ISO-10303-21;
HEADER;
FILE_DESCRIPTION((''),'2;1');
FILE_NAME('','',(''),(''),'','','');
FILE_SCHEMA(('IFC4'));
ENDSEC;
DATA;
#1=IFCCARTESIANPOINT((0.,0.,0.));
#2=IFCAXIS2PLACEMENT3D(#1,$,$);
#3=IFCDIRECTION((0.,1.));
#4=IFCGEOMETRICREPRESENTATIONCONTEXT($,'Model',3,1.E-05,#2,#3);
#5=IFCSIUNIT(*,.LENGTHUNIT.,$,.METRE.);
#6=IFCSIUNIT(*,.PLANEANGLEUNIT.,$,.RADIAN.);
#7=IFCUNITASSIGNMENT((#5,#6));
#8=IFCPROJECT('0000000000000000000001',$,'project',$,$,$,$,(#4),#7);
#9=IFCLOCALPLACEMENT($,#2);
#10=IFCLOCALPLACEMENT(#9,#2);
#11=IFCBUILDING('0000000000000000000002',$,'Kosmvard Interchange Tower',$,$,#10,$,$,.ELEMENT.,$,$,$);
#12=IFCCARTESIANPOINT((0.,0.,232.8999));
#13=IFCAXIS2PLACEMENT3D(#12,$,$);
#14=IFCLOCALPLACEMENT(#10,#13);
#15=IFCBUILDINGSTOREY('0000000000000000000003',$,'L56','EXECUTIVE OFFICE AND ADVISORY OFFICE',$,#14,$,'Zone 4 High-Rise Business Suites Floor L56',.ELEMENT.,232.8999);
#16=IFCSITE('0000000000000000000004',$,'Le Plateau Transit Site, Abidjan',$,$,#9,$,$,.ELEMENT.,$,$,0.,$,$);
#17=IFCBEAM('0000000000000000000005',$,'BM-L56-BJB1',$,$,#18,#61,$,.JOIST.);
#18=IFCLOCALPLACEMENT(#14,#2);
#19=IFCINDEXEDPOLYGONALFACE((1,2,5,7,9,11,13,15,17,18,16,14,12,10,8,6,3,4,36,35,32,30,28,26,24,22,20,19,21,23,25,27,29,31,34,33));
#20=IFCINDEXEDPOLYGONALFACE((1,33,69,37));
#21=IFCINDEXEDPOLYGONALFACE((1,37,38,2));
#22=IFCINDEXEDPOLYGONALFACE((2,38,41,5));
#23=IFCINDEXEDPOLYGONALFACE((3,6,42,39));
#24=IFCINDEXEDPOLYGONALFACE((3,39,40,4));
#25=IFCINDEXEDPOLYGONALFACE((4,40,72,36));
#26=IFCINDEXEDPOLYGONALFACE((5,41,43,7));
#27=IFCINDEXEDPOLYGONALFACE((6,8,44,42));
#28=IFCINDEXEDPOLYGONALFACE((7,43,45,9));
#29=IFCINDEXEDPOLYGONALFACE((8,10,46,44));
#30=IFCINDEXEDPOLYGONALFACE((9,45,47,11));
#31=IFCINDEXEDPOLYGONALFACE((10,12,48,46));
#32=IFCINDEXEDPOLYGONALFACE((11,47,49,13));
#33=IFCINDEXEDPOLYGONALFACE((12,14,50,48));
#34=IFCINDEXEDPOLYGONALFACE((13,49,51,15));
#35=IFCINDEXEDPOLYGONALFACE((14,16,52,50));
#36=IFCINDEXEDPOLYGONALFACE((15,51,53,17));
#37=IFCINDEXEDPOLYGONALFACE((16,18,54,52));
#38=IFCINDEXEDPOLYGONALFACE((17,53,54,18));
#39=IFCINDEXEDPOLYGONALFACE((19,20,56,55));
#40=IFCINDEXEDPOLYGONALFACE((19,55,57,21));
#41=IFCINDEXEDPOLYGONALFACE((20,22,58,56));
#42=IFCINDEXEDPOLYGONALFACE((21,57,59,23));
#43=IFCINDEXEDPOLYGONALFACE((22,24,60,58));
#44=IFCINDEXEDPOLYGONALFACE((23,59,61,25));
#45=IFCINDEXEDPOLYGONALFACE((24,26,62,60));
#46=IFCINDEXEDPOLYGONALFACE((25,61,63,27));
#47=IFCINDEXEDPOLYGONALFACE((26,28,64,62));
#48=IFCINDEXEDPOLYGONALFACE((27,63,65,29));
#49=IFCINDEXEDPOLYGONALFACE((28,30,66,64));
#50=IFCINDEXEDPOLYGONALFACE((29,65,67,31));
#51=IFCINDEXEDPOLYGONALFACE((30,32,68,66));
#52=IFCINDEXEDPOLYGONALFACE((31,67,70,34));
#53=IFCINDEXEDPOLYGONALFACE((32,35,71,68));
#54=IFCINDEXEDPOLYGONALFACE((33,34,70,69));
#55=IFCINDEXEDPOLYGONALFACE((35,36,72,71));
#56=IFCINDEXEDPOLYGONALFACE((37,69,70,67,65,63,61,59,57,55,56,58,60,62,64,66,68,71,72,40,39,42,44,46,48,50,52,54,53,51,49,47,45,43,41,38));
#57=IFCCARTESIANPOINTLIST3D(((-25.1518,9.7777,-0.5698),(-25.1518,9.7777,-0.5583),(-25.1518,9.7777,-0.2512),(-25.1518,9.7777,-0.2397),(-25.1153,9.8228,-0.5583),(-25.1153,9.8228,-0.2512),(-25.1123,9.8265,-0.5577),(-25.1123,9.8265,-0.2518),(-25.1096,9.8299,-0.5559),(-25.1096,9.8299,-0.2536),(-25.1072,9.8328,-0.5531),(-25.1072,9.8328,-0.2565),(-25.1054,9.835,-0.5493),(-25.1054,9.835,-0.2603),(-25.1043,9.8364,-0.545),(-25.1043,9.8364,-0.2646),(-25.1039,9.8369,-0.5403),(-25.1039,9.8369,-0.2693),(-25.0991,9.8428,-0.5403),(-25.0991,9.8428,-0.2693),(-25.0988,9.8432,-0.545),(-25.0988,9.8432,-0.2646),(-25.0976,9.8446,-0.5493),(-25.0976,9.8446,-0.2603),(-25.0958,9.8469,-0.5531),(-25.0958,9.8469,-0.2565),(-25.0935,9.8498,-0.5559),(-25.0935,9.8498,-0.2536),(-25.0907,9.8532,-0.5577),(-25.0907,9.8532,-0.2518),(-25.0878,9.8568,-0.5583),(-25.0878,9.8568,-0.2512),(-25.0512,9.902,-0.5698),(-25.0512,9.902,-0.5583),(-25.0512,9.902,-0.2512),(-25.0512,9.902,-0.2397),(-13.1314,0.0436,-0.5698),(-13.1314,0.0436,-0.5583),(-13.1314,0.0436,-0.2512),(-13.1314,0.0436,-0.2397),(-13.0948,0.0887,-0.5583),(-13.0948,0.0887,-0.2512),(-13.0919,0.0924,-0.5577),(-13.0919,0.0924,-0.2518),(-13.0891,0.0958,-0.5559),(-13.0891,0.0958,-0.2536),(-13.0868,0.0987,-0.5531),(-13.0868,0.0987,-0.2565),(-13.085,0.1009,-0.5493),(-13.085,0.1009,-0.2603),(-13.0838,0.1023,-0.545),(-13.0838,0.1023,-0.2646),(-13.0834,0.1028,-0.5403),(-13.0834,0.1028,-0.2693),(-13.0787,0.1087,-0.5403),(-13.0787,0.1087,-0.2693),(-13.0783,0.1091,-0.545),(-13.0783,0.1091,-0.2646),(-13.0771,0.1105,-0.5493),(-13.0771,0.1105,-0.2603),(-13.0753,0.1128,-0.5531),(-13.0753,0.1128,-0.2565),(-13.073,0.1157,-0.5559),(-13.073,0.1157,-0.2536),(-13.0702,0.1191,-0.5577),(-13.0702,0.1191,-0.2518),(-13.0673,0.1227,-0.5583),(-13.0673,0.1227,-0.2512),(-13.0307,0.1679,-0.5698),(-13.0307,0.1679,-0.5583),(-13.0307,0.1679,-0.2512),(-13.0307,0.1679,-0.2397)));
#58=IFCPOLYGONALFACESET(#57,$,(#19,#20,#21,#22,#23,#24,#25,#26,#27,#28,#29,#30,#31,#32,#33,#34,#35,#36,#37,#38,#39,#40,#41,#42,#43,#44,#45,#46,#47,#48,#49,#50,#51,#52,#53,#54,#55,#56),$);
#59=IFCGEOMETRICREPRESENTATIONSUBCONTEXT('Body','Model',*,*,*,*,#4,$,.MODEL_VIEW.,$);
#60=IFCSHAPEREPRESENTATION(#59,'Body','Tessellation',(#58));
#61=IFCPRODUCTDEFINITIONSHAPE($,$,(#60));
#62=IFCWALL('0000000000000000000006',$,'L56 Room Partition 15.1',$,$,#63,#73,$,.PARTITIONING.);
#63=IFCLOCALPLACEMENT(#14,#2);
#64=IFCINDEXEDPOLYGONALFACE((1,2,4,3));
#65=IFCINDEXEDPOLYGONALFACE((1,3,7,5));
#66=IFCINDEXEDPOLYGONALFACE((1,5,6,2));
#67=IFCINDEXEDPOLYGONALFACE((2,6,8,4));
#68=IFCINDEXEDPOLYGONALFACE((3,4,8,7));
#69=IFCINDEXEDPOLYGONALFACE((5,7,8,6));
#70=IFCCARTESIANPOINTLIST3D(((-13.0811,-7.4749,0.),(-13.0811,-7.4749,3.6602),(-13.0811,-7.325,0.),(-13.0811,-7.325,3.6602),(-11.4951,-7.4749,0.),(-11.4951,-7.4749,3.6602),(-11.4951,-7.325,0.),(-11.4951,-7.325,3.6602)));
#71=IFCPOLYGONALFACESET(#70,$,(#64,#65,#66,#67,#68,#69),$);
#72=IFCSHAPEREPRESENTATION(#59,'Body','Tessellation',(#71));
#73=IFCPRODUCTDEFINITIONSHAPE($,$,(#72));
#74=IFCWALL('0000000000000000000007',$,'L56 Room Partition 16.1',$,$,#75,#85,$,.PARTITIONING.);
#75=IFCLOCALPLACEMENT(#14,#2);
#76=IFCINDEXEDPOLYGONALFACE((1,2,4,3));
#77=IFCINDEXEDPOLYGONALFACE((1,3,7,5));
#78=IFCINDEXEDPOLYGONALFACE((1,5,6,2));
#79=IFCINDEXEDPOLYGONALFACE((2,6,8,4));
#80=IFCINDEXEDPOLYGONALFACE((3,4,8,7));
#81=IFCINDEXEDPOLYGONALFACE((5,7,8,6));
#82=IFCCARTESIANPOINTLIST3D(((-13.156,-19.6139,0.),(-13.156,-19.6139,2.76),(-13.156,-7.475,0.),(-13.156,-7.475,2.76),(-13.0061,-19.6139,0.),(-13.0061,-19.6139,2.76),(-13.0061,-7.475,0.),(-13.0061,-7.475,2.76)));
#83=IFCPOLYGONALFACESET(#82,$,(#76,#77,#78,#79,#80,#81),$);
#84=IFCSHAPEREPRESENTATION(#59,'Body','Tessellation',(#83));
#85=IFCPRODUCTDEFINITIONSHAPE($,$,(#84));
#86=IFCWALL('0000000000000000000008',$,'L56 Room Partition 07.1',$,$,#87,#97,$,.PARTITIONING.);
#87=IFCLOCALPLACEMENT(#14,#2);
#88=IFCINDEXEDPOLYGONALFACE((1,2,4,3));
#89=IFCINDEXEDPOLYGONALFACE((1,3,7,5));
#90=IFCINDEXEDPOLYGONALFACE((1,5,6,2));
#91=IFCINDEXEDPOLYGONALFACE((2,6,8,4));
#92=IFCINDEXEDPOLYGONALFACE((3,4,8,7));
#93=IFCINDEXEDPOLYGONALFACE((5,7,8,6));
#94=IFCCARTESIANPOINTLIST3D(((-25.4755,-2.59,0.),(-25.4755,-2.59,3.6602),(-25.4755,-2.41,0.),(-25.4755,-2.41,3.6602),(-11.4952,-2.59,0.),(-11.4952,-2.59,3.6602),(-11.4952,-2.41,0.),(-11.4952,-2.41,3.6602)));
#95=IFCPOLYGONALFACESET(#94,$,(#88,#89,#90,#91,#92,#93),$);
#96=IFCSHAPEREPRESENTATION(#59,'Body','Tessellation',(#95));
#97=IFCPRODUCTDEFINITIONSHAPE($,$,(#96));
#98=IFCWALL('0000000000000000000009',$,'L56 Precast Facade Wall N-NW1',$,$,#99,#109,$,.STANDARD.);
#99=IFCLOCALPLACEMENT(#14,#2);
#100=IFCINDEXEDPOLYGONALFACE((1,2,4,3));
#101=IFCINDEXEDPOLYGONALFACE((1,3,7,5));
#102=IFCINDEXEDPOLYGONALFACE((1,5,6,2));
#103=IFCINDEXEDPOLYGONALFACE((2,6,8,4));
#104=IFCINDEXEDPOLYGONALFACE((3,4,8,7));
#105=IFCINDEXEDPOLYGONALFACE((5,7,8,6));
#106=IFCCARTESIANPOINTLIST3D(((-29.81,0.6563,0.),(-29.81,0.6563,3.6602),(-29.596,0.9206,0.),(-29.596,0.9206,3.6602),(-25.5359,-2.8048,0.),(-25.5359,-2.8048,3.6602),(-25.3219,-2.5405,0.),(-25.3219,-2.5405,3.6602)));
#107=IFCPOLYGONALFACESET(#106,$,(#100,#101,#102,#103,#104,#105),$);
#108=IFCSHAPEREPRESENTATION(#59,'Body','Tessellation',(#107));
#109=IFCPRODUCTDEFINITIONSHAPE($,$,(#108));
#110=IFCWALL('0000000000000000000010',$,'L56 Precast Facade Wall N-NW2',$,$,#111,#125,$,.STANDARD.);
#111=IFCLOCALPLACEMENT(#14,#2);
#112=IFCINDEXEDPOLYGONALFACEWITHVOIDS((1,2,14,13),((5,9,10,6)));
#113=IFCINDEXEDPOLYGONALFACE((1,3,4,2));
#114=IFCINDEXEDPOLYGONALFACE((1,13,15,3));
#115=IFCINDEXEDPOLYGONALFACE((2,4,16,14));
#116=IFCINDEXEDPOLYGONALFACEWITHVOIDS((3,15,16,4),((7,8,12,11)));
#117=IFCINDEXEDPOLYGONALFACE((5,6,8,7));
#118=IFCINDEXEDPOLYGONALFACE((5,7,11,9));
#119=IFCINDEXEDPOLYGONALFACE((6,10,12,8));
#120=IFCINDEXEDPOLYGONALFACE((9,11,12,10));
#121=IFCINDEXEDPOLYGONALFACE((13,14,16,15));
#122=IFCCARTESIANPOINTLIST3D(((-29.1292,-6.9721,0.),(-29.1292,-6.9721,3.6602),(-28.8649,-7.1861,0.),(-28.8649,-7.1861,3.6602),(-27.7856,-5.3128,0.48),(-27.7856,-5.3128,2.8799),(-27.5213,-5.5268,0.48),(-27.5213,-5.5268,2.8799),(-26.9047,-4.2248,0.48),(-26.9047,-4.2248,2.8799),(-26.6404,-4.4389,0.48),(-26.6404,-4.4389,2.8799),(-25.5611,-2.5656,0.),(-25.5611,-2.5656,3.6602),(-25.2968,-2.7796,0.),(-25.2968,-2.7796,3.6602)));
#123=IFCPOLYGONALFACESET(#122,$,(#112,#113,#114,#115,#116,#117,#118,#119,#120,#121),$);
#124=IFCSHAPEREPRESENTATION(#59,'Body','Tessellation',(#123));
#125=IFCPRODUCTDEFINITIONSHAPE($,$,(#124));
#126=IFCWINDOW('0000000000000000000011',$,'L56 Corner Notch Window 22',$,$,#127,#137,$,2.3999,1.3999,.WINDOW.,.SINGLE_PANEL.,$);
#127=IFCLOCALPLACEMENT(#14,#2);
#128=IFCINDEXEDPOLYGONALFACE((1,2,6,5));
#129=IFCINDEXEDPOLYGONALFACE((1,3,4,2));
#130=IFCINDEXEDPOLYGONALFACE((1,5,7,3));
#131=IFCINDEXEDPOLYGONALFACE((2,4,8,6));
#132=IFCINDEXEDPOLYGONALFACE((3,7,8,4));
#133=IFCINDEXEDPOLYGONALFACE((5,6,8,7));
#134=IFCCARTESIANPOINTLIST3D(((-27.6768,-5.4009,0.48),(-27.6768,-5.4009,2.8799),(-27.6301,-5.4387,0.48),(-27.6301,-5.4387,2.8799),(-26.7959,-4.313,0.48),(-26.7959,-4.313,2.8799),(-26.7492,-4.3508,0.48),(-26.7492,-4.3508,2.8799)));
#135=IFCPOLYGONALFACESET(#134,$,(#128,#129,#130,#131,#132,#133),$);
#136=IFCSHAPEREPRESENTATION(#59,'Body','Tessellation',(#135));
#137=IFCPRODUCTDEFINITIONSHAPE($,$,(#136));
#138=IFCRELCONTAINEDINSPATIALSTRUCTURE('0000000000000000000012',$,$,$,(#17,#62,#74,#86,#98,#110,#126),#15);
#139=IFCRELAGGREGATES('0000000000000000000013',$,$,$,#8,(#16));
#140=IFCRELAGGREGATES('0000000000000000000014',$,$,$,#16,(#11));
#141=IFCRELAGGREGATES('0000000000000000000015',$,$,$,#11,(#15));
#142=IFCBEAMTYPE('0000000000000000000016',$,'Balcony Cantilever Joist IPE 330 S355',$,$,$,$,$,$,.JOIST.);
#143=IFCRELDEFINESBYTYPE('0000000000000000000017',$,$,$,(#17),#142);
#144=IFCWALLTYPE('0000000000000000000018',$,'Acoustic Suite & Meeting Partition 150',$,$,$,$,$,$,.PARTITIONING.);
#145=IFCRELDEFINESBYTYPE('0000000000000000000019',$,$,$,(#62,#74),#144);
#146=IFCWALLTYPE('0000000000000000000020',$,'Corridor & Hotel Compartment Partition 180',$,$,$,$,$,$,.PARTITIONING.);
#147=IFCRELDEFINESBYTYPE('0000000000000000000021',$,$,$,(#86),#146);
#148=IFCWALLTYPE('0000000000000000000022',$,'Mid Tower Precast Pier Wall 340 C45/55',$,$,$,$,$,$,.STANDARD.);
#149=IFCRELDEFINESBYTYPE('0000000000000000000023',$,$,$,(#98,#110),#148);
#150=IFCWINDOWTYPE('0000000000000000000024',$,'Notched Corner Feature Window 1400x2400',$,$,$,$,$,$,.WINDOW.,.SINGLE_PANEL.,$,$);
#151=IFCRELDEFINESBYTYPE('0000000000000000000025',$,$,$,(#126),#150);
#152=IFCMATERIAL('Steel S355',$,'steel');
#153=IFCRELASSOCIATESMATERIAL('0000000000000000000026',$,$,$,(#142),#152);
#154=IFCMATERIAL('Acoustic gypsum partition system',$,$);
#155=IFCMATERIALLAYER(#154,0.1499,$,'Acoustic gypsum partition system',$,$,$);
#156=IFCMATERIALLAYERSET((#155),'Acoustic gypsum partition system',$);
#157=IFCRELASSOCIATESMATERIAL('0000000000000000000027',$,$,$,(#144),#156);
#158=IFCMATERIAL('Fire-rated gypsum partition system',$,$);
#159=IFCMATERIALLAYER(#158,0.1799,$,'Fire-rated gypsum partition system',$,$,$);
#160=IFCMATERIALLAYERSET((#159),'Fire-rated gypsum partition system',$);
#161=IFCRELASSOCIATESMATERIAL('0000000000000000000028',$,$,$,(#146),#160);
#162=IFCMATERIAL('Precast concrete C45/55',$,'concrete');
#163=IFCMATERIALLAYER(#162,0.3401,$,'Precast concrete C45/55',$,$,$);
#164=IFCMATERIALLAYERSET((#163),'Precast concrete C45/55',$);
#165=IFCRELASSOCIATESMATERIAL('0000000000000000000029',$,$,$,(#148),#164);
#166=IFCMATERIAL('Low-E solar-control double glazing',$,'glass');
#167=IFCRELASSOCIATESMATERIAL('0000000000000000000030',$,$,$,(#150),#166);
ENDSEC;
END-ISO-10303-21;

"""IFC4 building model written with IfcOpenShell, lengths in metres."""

from ifc_helpers import new_model, si_unit, direction, frame, frame_2d, origin, origin_2d, place, context, subcontext, project, spatial, rectangle, i_section, extrude, source, transform, mapped, material, layer, layer_set, material_profile, profile_set, type_object, element, fill, save


model = new_model("IFC4")

# Units and contexts
model_context = context("Model", 3, precision=1e-05, world=origin(), true_north=direction((0.0, 1.0)))
body_context = subcontext(model_context, "Body", "Model", "MODEL_VIEW")
ifc_project = project(units=[si_unit("LENGTHUNIT", "METRE"), si_unit("PLANEANGLEUNIT", "RADIAN")], contexts=[model_context])

# Site, building, storey
site_placement = place(None, origin())
site = spatial("IfcSite", under=ifc_project, at=site_placement, Name="Le Plateau Transit Site, Abidjan", CompositionType="ELEMENT", RefElevation=0.0)
building_placement = place(site_placement, origin())
building = spatial("IfcBuilding", under=site, at=building_placement, Name="Kosmvard Interchange Tower", CompositionType="ELEMENT")
storey_placement = place(building_placement, frame((0.0, 0.0, 232.8999)))
storey = spatial("IfcBuildingStorey", under=building, at=storey_placement, Name="L56", Description="EXECUTIVE OFFICE AND ADVISORY OFFICE", LongName="Zone 4 High-Rise Business Suites Floor L56", CompositionType="ELEMENT", Elevation=232.8999)

# Beam
ifc_material_1 = material(Name="Steel S355", Category="steel")
ifc_material_2 = material(Name="Precast concrete C45/55", Category="concrete")
ifc_material_profile_1 = material_profile(ifc_material_1, i_section(OverallWidth=0.1599, OverallDepth=0.3301, WebThickness=0.0076, FlangeThickness=0.0115, FilletRadius=0.0181, at=origin_2d()), Name="IPE 330")
ifc_profile_set_1 = profile_set([ifc_material_profile_1], Name="Steel S355")
beam_type_1 = type_object("IfcBeamType", Name="Balcony Cantilever Joist IPE 330 S355", PredefinedType="JOIST", material=ifc_profile_set_1)
shared_shape_1 = source(origin(), body_context, "Body", "SweptSolid", [
    extrude(i_section(OverallWidth=0.1599, OverallDepth=0.3301, WebThickness=0.0076, FlangeThickness=0.0115, FilletRadius=0.0181, at=origin_2d()), origin(), (0.0, 0.0, 1.0), 15.4675),
])
beam_1_placement = place(storey_placement, frame((-13.0811, 0.1057, -0.4048), z_axis=(-0.777142, 0.629325, 0.0), x_axis=(-0.629325, -0.777142, 0.0)))
element("IfcBeam", 1, at=beam_1_placement, inside=storey, type_object=beam_type_1, Name="BM-L56-BJB1", PredefinedType="JOIST", context=body_context, shape_type="MappedRepresentation", body=[
    mapped(shared_shape_1, transform((0.0, 0.0, 0.0), scale=1.0)),
])

# Walls
ifc_material_3 = material(Name="Acoustic gypsum partition system")
ifc_layer_1 = layer(ifc_material_3, 0.1499, Name="Acoustic gypsum partition system")
ifc_layer_set_1 = layer_set([ifc_layer_1], Name="Acoustic gypsum partition system")
wall_type_1 = type_object("IfcWallType", Name="Acoustic Suite & Meeting Partition 150", PredefinedType="PARTITIONING", material=ifc_layer_set_1)
wall_1_placement = place(storey_placement, frame((-11.4951, -7.3999, 0.0), z_axis=(0.0, 0.0, 1.0), x_axis=(-1.0, 0.0, 0.0)))
element("IfcWall", 2, at=wall_1_placement, inside=storey, type_object=wall_type_1, Name="L56 Room Partition 15.1", PredefinedType="PARTITIONING", context=body_context, shape_type="SweptSolid", body=[
    extrude(rectangle(XDim=1.5859, YDim=0.1499, at=frame_2d((0.793, 0.0))), origin(), (0.0, 0.0, 1.0), 3.6602),
])
wall_2_placement = place(storey_placement, frame((-13.0811, -7.4751, 0.0), z_axis=(0.0, 0.0, 1.0), x_axis=(0.0, -1.0, 0.0)))
element("IfcWall", 3, at=wall_2_placement, inside=storey, type_object=wall_type_1, Name="L56 Room Partition 16.1", PredefinedType="PARTITIONING", context=body_context, shape_type="SweptSolid", body=[
    extrude(rectangle(XDim=12.1389, YDim=0.1499, at=frame_2d((6.0693, 0.0))), origin(), (0.0, 0.0, 1.0), 2.76),
])
ifc_material_4 = material(Name="Fire-rated gypsum partition system")
ifc_layer_2 = layer(ifc_material_4, 0.1799, Name="Fire-rated gypsum partition system")
ifc_layer_set_2 = layer_set([ifc_layer_2], Name="Fire-rated gypsum partition system")
wall_type_2 = type_object("IfcWallType", Name="Corridor & Hotel Compartment Partition 180", PredefinedType="PARTITIONING", material=ifc_layer_set_2)
wall_3_placement = place(storey_placement, frame((-11.4951, -2.5, 0.0), z_axis=(0.0, 0.0, 1.0), x_axis=(-1.0, 0.0, 0.0)))
element("IfcWall", 4, at=wall_3_placement, inside=storey, type_object=wall_type_2, Name="L56 Room Partition 07.1", PredefinedType="PARTITIONING", context=body_context, shape_type="SweptSolid", body=[
    extrude(rectangle(XDim=13.9802, YDim=0.1799, at=frame_2d((6.9902, 0.0))), origin(), (0.0, 0.0, 1.0), 3.6602),
])
ifc_layer_3 = layer(ifc_material_2, 0.3401, Name="Precast concrete C45/55")
ifc_layer_set_3 = layer_set([ifc_layer_3], Name="Precast concrete C45/55")
wall_type_3 = type_object("IfcWallType", Name="Mid Tower Precast Pier Wall 340 C45/55", PredefinedType="STANDARD", material=ifc_layer_set_3)
wall_4_placement = place(storey_placement, frame((-29.7031, 0.7886, 0.0), z_axis=(0.0, 0.0, 1.0), x_axis=(0.777144, -0.629323, 0.0)))
element("IfcWall", 5, at=wall_4_placement, inside=storey, type_object=wall_type_3, Name="L56 Precast Facade Wall N-NW1", PredefinedType="STANDARD", context=body_context, shape_type="SweptSolid", body=[
    extrude(rectangle(XDim=5.4998, YDim=0.3401, at=frame_2d((2.75, 0.0))), origin(), (0.0, 0.0, 1.0), 3.6602),
])

# Wall, opening, window
wall_5_placement = place(storey_placement, frame((-25.429, -2.6726, 0.0), z_axis=(0.0, 0.0, 1.0), x_axis=(-0.6293, -0.777163, 0.0)))
wall_5 = element("IfcWall", 6, at=wall_5_placement, inside=storey, type_object=wall_type_3, Name="L56 Precast Facade Wall N-NW2", PredefinedType="STANDARD", context=body_context, shape_type="SweptSolid", body=[
    extrude(rectangle(XDim=5.6699, YDim=0.3401, at=frame_2d((2.835, 0.0))), origin(), (0.0, 0.0, 1.0), 3.6602),
])
opening_1_placement = place(wall_5_placement, frame((2.135, 0.0, 0.48)))
opening_1 = element("IfcOpeningElement", 7, at=opening_1_placement, cuts=wall_5, PredefinedType="OPENING", context=body_context, shape_type="SweptSolid", body=[
    extrude(rectangle(XDim=1.3999, YDim=2.3999, at=frame_2d((0.7, 1.2))), frame((0.0, 0.1802, 0.0), z_axis=(0.0, -1.0, 0.0), x_axis=(1.0, 0.0, 0.0)), (0.0, 0.0, 1.0), 0.3601),
])
ifc_material_5 = material(Name="Low-E solar-control double glazing", Category="glass")
window_type_1 = type_object("IfcWindowType", Name="Notched Corner Feature Window 1400x2400", PartitioningType="SINGLE_PANEL", PredefinedType="WINDOW", material=ifc_material_5)
shared_shape_2 = source(origin(), body_context, "Body", "SweptSolid", [
    extrude(rectangle(XDim=1.3999, YDim=2.3999, at=frame_2d((0.7, 1.2))), frame((0.0, 0.03, 0.0), z_axis=(0.0, -1.0, 0.0), x_axis=(1.0, 0.0, 0.0)), (0.0, 0.0, 1.0), 0.0601),
])
window_1_placement = place(opening_1_placement, origin())
window_1 = element("IfcWindow", 8, at=window_1_placement, inside=storey, type_object=window_type_1, Name="L56 Corner Notch Window 22", OverallHeight=2.3999, OverallWidth=1.3999, PartitioningType="SINGLE_PANEL", PredefinedType="WINDOW", context=body_context, shape_type="MappedRepresentation", body=[
    mapped(shared_shape_2, transform((0.0, 0.0, 0.0), scale=1.0)),
])
fill(opening_1, window_1)

save(model, "model.ifc")
